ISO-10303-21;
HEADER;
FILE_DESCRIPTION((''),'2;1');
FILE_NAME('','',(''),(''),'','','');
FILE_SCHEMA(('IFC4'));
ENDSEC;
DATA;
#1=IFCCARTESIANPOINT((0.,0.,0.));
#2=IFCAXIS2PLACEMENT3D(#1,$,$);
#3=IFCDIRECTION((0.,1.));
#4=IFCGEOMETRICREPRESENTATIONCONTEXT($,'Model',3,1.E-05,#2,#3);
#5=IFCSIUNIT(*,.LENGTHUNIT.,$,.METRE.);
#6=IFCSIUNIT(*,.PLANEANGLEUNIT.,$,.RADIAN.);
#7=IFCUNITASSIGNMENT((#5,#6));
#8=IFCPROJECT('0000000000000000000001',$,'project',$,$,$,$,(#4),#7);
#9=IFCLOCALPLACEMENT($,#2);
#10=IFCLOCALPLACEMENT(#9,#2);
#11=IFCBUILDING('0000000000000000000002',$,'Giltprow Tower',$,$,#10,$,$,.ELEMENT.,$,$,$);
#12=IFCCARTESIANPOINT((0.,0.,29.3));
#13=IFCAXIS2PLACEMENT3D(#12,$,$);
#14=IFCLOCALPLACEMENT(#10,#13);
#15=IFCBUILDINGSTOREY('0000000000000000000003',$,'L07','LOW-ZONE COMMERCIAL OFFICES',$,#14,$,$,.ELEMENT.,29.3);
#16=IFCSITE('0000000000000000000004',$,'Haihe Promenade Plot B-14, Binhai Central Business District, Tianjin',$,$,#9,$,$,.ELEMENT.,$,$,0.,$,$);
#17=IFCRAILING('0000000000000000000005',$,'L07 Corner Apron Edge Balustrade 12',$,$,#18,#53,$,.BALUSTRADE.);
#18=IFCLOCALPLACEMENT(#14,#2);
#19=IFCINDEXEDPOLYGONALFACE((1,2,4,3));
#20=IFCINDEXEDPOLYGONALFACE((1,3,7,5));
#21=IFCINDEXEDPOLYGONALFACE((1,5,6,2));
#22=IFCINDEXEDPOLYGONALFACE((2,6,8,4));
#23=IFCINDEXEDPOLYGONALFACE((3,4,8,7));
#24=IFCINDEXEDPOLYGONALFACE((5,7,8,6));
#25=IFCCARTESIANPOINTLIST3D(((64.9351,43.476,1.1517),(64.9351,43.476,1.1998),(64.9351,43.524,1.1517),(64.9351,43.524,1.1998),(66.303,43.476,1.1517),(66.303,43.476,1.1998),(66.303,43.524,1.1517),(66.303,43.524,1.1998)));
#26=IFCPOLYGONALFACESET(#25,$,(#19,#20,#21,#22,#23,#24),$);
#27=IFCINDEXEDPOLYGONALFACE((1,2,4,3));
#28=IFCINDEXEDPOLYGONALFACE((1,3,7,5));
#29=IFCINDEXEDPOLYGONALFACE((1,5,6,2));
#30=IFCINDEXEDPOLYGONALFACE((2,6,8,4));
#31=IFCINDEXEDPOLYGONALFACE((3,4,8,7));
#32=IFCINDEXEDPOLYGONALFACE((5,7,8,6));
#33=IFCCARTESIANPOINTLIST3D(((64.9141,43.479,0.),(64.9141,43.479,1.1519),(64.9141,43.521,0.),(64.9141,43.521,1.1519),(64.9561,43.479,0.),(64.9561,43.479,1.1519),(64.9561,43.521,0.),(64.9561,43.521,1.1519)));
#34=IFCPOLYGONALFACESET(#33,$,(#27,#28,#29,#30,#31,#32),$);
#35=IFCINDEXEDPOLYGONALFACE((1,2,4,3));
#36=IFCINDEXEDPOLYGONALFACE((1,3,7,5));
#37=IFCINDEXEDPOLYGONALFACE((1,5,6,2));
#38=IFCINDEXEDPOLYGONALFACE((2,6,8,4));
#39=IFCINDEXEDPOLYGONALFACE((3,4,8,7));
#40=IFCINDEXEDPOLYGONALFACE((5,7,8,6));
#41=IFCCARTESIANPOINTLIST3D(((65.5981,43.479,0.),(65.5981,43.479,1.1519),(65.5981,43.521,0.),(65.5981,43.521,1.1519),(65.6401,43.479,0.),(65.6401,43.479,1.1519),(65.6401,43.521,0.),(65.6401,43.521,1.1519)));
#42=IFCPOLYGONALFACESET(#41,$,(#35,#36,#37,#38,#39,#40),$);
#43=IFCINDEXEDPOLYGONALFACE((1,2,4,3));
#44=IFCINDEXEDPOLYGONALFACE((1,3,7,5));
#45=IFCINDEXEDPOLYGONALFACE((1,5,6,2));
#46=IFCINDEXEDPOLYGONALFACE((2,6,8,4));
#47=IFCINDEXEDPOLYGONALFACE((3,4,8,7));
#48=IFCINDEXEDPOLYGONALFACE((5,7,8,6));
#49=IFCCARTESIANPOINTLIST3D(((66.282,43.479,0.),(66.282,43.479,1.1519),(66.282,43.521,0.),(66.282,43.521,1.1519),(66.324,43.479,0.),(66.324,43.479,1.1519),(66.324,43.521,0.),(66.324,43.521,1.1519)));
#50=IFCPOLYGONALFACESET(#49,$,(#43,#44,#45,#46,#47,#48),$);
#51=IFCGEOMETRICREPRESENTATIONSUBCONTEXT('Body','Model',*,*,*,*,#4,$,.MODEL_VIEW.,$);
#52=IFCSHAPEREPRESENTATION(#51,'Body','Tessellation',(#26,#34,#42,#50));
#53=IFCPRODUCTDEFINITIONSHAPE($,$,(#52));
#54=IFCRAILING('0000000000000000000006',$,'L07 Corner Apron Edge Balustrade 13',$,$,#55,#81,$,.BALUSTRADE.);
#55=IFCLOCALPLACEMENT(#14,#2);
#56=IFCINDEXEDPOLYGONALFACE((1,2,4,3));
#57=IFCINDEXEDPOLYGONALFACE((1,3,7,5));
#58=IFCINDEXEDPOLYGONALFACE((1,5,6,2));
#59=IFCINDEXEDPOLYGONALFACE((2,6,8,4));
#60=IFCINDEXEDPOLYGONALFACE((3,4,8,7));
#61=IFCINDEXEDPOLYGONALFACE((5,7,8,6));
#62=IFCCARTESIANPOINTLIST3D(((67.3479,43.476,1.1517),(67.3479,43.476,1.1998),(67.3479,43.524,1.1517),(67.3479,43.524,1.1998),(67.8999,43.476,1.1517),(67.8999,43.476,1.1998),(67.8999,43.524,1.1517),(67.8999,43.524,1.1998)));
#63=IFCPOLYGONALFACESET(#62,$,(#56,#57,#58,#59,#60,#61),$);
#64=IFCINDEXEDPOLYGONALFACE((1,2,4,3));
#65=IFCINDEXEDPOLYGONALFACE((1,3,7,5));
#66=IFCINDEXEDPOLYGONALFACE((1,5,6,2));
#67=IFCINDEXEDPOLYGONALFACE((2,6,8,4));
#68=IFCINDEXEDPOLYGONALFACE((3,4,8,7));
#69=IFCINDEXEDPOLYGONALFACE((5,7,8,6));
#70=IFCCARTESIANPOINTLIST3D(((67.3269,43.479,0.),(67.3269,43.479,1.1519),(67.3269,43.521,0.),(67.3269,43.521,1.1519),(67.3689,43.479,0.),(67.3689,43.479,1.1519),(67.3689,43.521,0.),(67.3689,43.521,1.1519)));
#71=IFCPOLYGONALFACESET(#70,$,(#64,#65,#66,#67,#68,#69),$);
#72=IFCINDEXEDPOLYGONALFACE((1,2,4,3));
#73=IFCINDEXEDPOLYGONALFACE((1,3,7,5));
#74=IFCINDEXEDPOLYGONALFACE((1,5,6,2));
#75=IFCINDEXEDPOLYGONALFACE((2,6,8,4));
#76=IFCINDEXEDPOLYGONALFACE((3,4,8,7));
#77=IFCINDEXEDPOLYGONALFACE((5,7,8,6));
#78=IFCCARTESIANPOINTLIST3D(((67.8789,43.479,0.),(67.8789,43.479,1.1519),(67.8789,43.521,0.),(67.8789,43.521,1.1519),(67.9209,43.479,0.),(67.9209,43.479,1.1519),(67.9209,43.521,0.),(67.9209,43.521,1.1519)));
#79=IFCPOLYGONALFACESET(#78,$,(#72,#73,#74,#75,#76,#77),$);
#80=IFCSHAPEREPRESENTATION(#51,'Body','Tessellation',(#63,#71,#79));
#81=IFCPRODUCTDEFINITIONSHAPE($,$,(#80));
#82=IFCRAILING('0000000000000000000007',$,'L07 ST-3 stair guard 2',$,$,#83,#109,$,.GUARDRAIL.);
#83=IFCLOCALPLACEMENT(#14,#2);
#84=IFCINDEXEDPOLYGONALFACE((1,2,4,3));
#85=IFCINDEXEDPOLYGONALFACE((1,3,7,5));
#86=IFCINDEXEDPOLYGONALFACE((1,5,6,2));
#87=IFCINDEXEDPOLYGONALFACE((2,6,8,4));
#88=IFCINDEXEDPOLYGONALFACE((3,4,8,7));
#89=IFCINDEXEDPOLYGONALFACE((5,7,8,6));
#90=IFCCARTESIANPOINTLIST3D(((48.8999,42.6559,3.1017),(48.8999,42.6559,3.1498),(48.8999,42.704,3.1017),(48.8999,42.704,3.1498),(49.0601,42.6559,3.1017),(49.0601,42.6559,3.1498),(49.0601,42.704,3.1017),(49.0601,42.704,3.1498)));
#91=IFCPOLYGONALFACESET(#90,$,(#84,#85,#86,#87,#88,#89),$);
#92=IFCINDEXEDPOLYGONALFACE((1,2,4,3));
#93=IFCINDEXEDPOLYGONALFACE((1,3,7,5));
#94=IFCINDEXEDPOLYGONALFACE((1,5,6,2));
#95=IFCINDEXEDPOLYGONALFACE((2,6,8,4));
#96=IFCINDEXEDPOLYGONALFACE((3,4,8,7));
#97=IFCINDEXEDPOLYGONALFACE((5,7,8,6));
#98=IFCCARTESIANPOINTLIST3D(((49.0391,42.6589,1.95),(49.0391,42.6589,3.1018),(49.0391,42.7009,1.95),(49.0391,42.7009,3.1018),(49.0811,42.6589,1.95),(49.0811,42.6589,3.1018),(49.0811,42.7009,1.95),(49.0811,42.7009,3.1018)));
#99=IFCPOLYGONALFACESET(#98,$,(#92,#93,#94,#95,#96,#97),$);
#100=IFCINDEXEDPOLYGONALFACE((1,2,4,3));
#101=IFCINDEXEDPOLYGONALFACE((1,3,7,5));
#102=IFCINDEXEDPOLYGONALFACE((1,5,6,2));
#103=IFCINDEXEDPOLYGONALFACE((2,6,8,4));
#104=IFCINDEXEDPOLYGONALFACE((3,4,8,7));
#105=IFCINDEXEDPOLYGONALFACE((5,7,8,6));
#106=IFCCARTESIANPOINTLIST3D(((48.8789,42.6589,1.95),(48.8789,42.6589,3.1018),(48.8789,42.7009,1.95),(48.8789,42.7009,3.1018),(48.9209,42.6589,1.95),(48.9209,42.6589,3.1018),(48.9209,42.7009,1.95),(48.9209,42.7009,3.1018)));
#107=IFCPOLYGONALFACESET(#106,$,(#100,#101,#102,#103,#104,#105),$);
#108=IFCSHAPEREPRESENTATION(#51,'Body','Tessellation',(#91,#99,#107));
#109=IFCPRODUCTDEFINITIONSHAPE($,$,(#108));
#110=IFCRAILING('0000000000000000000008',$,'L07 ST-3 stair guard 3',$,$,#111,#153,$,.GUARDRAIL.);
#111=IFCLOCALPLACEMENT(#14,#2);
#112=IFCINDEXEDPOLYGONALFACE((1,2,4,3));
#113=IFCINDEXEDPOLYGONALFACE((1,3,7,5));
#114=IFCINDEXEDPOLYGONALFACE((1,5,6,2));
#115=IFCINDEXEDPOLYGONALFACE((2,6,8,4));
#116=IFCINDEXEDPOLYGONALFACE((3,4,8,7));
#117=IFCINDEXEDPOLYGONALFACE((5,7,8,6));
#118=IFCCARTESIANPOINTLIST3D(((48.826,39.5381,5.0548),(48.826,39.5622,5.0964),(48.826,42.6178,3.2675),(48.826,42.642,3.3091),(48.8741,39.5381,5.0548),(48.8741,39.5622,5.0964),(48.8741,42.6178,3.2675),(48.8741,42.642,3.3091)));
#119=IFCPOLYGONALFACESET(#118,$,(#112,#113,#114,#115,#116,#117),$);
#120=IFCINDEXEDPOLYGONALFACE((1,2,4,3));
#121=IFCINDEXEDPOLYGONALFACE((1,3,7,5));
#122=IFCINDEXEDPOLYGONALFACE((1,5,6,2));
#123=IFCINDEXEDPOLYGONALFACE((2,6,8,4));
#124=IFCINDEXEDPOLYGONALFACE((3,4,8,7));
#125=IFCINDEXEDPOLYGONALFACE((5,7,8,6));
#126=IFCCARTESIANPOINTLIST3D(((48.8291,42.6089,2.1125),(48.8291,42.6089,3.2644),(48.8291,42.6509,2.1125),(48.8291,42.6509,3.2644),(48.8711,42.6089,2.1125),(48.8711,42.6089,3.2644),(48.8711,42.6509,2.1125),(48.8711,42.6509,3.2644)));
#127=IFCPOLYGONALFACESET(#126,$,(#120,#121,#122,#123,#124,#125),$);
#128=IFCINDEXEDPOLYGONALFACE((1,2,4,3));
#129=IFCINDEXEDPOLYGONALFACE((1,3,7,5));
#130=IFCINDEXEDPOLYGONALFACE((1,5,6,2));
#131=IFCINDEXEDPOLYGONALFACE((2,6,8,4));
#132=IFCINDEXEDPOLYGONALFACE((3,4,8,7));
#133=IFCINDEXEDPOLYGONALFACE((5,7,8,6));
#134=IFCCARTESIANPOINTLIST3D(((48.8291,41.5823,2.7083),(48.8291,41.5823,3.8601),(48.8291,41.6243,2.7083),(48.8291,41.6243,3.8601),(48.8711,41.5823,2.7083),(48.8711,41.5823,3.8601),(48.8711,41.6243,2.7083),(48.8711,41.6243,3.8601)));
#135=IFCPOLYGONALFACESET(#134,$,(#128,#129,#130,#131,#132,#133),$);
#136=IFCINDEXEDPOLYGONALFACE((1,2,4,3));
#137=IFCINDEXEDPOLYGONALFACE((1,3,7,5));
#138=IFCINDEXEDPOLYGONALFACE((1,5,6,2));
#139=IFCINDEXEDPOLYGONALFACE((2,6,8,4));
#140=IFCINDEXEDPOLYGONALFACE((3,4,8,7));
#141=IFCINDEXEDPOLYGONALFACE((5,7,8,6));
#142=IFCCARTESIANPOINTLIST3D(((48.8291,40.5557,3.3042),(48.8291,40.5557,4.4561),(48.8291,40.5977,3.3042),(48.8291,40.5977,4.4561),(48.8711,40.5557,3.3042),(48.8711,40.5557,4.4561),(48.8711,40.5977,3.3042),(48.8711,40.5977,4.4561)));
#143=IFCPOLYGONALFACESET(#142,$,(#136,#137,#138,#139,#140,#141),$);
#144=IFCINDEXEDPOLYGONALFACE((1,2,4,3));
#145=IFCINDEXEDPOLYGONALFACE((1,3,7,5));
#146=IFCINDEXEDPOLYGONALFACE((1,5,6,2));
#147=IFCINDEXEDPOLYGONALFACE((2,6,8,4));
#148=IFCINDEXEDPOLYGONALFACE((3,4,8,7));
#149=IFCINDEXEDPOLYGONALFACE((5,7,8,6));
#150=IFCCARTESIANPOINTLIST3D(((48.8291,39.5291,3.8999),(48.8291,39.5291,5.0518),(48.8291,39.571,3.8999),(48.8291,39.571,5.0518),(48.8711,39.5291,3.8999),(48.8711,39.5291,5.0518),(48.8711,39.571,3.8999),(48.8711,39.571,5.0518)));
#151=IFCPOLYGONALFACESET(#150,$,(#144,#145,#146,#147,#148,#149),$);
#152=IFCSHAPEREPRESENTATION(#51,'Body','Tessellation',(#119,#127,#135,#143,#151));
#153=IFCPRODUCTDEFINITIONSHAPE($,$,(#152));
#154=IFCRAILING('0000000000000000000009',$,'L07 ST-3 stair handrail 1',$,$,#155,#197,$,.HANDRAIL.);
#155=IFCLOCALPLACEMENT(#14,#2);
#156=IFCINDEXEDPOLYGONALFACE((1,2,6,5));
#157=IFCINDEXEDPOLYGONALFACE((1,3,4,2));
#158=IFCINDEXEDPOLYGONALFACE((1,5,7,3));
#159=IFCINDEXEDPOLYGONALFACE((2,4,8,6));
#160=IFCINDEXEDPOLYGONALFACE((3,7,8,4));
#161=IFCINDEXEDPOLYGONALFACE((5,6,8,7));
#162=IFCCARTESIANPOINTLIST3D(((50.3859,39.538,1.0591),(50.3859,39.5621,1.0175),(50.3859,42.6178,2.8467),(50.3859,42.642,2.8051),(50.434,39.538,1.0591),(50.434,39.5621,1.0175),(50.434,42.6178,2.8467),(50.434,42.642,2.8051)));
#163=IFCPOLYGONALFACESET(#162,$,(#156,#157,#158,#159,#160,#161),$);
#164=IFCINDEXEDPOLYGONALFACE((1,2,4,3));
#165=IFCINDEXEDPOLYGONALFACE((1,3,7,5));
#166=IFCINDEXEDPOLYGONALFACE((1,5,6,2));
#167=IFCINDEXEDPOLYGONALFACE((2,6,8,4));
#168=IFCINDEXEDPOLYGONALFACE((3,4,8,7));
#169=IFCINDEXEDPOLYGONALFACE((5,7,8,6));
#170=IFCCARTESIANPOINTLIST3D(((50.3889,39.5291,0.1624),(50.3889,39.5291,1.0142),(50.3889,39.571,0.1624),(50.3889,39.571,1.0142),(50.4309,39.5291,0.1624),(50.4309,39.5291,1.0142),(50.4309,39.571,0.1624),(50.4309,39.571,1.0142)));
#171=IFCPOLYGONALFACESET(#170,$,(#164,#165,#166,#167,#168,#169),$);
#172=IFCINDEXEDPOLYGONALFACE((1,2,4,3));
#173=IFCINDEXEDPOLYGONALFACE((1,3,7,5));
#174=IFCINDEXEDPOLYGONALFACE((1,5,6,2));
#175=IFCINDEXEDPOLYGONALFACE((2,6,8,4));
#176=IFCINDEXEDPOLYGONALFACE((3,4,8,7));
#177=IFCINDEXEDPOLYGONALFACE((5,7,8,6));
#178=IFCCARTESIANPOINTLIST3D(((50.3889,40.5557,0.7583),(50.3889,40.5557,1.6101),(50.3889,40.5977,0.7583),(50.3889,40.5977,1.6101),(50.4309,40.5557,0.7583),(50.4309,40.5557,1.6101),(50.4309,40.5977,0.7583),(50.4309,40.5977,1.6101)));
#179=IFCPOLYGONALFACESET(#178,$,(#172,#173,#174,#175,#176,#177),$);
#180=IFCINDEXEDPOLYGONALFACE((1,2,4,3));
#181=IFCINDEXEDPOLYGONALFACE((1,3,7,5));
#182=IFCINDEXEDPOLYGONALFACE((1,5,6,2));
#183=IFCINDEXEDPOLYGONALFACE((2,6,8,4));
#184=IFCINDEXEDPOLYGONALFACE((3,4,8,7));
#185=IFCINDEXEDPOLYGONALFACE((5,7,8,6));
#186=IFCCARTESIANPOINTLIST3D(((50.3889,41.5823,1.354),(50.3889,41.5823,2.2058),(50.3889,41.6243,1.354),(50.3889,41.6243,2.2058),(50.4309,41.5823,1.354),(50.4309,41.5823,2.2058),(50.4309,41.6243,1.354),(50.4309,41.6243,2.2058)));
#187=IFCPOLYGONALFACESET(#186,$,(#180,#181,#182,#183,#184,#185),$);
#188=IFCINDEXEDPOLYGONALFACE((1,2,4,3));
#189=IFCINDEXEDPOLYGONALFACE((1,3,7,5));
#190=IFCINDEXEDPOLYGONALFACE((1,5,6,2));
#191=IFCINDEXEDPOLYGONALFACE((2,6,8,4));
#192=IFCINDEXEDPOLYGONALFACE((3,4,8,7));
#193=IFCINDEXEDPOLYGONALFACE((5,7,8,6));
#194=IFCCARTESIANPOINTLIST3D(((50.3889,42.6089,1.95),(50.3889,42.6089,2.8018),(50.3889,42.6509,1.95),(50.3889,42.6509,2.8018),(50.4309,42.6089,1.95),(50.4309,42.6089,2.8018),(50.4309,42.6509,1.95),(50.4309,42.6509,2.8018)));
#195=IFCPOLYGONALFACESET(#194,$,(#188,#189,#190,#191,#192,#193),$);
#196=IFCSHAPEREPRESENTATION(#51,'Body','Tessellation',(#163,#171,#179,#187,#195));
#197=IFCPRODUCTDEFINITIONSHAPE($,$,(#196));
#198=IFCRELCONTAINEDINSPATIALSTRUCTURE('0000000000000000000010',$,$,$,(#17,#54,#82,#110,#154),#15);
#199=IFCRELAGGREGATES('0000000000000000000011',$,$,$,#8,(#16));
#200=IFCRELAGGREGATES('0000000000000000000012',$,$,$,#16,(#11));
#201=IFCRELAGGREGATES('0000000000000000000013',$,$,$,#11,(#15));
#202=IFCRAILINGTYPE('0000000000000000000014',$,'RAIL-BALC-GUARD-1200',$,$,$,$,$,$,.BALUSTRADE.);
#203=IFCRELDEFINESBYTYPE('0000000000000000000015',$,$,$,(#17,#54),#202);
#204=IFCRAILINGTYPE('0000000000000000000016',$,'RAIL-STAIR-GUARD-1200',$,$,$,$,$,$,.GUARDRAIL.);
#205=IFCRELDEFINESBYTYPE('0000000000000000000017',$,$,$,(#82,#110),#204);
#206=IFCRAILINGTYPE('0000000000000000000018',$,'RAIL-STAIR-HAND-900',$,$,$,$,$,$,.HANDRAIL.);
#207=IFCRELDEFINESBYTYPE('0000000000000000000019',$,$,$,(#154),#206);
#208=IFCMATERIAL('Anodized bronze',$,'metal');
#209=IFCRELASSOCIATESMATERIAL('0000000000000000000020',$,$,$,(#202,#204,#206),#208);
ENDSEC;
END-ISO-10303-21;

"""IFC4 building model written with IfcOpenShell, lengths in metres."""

from ifc_helpers import new_model, si_unit, direction, frame, origin, origin_2d, place, context, subcontext, project, spatial, rectangle, extrude, material, type_object, element, save


model = new_model("IFC4")

# Units and contexts
model_context = context("Model", 3, precision=1e-05, world=origin(), true_north=direction((0.0, 1.0)))
body_context = subcontext(model_context, "Body", "Model", "MODEL_VIEW")
ifc_project = project(units=[si_unit("LENGTHUNIT", "METRE"), si_unit("PLANEANGLEUNIT", "RADIAN")], contexts=[model_context])

# Site, building, storey
site_placement = place(None, origin())
site = spatial("IfcSite", under=ifc_project, at=site_placement, Name="Haihe Promenade Plot B-14, Binhai Central Business District, Tianjin", CompositionType="ELEMENT", RefElevation=0.0)
building_placement = place(site_placement, origin())
building = spatial("IfcBuilding", under=site, at=building_placement, Name="Giltprow Tower", CompositionType="ELEMENT")
storey_placement = place(building_placement, frame((0.0, 0.0, 29.3)))
storey = spatial("IfcBuildingStorey", under=building, at=storey_placement, Name="L07", Description="LOW-ZONE COMMERCIAL OFFICES", CompositionType="ELEMENT", Elevation=29.3)

# Railings
ifc_material_1 = material(Name="Anodized bronze", Category="metal")
railing_type_1 = type_object("IfcRailingType", Name="RAIL-BALC-GUARD-1200", PredefinedType="BALUSTRADE", material=ifc_material_1)
railing_1_placement = place(storey_placement, frame((64.9351, 43.5, 0.0)))
element("IfcRailing", 1, at=railing_1_placement, inside=storey, type_object=railing_type_1, Name="L07 Corner Apron Edge Balustrade 12", PredefinedType="BALUSTRADE", context=body_context, shape_type="SweptSolid", body=[
    extrude(rectangle(XDim=0.0481, YDim=0.0481, at=origin_2d()), frame((0.0, 0.0, 1.1758), z_axis=(1.0, 0.0, 0.0), x_axis=(0.0, 1.0, 0.0)), (0.0, 0.0, 1.0), 1.3679),
    extrude(rectangle(XDim=0.042, YDim=0.042, at=origin_2d()), origin(), (0.0, 0.0, 1.0), 1.1519),
    extrude(rectangle(XDim=0.042, YDim=0.042, at=origin_2d()), frame((0.6841, 0.0, 0.0)), (0.0, 0.0, 1.0), 1.1519),
    extrude(rectangle(XDim=0.042, YDim=0.042, at=origin_2d()), frame((1.3679, 0.0, 0.0)), (0.0, 0.0, 1.0), 1.1519),
])
railing_2_placement = place(storey_placement, frame((67.3479, 43.5, 0.0)))
element("IfcRailing", 2, at=railing_2_placement, inside=storey, type_object=railing_type_1, Name="L07 Corner Apron Edge Balustrade 13", PredefinedType="BALUSTRADE", context=body_context, shape_type="SweptSolid", body=[
    extrude(rectangle(XDim=0.0481, YDim=0.0481, at=origin_2d()), frame((0.0, 0.0, 1.1758), z_axis=(1.0, 0.0, 0.0), x_axis=(0.0, 1.0, 0.0)), (0.0, 0.0, 1.0), 0.552),
    extrude(rectangle(XDim=0.042, YDim=0.042, at=origin_2d()), origin(), (0.0, 0.0, 1.0), 1.1519),
    extrude(rectangle(XDim=0.042, YDim=0.042, at=origin_2d()), frame((0.552, 0.0, 0.0)), (0.0, 0.0, 1.0), 1.1519),
])
railing_type_2 = type_object("IfcRailingType", Name="RAIL-STAIR-GUARD-1200", PredefinedType="GUARDRAIL", material=ifc_material_1)
railing_3_placement = place(storey_placement, frame((49.0601, 42.6799, 1.95)))
element("IfcRailing", 3, at=railing_3_placement, inside=storey, type_object=railing_type_2, Name="L07 ST-3 stair guard 2", PredefinedType="GUARDRAIL", context=body_context, shape_type="SweptSolid", body=[
    extrude(rectangle(XDim=0.0481, YDim=0.0481, at=origin_2d()), frame((0.0, 0.0, 1.1758), z_axis=(-1.0, 0.0, 0.0), x_axis=(0.0, -1.0, 0.0)), (0.0, 0.0, 1.0), 0.1602),
    extrude(rectangle(XDim=0.042, YDim=0.042, at=origin_2d()), origin(), (0.0, 0.0, 1.0), 1.1519),
    extrude(rectangle(XDim=0.042, YDim=0.042, at=origin_2d()), frame((-0.1602, 0.0, 0.0)), (0.0, 0.0, 1.0), 1.1519),
])
railing_4_placement = place(storey_placement, frame((48.8501, 42.6299, 2.1125)))
element("IfcRailing", 4, at=railing_4_placement, inside=storey, type_object=railing_type_2, Name="L07 ST-3 stair guard 3", PredefinedType="GUARDRAIL", context=body_context, shape_type="SweptSolid", body=[
    extrude(rectangle(XDim=0.0481, YDim=0.0481, at=origin_2d()), frame((0.0, 0.0, 1.1758), z_axis=(0.0, -0.864903, 0.501939), x_axis=(1.0, 0.0, 0.0)), (0.0, 0.0, 1.0), 3.5608),
    extrude(rectangle(XDim=0.042, YDim=0.042, at=origin_2d()), origin(), (0.0, 0.0, 1.0), 1.1519),
    extrude(rectangle(XDim=0.042, YDim=0.042, at=origin_2d()), frame((0.0, -1.0266, 0.5957)), (0.0, 0.0, 1.0), 1.1519),
    extrude(rectangle(XDim=0.042, YDim=0.042, at=origin_2d()), frame((0.0, -2.0532, 1.1917)), (0.0, 0.0, 1.0), 1.1519),
    extrude(rectangle(XDim=0.042, YDim=0.042, at=origin_2d()), frame((0.0, -3.0798, 1.7874)), (0.0, 0.0, 1.0), 1.1519),
])
railing_type_3 = type_object("IfcRailingType", Name="RAIL-STAIR-HAND-900", PredefinedType="HANDRAIL", material=ifc_material_1)
railing_5_placement = place(storey_placement, frame((50.4099, 39.55, 0.1624)))
element("IfcRailing", 5, at=railing_5_placement, inside=storey, type_object=railing_type_3, Name="L07 ST-3 stair handrail 1", PredefinedType="HANDRAIL", context=body_context, shape_type="SweptSolid", body=[
    extrude(rectangle(XDim=0.0481, YDim=0.0481, at=origin_2d()), frame((0.0, 0.0, 0.876), z_axis=(0.0, 0.864873, 0.50199), x_axis=(-1.0, 0.0, 0.0)), (0.0, 0.0, 1.0), 3.561),
    extrude(rectangle(XDim=0.042, YDim=0.042, at=origin_2d()), origin(), (0.0, 0.0, 1.0), 0.8518),
    extrude(rectangle(XDim=0.042, YDim=0.042, at=origin_2d()), frame((0.0, 1.0266, 0.5959)), (0.0, 0.0, 1.0), 0.8518),
    extrude(rectangle(XDim=0.042, YDim=0.042, at=origin_2d()), frame((0.0, 2.0532, 1.1917)), (0.0, 0.0, 1.0), 0.8518),
    extrude(rectangle(XDim=0.042, YDim=0.042, at=origin_2d()), frame((0.0, 3.0798, 1.7876)), (0.0, 0.0, 1.0), 0.8518),
])

save(model, "model.ifc")
